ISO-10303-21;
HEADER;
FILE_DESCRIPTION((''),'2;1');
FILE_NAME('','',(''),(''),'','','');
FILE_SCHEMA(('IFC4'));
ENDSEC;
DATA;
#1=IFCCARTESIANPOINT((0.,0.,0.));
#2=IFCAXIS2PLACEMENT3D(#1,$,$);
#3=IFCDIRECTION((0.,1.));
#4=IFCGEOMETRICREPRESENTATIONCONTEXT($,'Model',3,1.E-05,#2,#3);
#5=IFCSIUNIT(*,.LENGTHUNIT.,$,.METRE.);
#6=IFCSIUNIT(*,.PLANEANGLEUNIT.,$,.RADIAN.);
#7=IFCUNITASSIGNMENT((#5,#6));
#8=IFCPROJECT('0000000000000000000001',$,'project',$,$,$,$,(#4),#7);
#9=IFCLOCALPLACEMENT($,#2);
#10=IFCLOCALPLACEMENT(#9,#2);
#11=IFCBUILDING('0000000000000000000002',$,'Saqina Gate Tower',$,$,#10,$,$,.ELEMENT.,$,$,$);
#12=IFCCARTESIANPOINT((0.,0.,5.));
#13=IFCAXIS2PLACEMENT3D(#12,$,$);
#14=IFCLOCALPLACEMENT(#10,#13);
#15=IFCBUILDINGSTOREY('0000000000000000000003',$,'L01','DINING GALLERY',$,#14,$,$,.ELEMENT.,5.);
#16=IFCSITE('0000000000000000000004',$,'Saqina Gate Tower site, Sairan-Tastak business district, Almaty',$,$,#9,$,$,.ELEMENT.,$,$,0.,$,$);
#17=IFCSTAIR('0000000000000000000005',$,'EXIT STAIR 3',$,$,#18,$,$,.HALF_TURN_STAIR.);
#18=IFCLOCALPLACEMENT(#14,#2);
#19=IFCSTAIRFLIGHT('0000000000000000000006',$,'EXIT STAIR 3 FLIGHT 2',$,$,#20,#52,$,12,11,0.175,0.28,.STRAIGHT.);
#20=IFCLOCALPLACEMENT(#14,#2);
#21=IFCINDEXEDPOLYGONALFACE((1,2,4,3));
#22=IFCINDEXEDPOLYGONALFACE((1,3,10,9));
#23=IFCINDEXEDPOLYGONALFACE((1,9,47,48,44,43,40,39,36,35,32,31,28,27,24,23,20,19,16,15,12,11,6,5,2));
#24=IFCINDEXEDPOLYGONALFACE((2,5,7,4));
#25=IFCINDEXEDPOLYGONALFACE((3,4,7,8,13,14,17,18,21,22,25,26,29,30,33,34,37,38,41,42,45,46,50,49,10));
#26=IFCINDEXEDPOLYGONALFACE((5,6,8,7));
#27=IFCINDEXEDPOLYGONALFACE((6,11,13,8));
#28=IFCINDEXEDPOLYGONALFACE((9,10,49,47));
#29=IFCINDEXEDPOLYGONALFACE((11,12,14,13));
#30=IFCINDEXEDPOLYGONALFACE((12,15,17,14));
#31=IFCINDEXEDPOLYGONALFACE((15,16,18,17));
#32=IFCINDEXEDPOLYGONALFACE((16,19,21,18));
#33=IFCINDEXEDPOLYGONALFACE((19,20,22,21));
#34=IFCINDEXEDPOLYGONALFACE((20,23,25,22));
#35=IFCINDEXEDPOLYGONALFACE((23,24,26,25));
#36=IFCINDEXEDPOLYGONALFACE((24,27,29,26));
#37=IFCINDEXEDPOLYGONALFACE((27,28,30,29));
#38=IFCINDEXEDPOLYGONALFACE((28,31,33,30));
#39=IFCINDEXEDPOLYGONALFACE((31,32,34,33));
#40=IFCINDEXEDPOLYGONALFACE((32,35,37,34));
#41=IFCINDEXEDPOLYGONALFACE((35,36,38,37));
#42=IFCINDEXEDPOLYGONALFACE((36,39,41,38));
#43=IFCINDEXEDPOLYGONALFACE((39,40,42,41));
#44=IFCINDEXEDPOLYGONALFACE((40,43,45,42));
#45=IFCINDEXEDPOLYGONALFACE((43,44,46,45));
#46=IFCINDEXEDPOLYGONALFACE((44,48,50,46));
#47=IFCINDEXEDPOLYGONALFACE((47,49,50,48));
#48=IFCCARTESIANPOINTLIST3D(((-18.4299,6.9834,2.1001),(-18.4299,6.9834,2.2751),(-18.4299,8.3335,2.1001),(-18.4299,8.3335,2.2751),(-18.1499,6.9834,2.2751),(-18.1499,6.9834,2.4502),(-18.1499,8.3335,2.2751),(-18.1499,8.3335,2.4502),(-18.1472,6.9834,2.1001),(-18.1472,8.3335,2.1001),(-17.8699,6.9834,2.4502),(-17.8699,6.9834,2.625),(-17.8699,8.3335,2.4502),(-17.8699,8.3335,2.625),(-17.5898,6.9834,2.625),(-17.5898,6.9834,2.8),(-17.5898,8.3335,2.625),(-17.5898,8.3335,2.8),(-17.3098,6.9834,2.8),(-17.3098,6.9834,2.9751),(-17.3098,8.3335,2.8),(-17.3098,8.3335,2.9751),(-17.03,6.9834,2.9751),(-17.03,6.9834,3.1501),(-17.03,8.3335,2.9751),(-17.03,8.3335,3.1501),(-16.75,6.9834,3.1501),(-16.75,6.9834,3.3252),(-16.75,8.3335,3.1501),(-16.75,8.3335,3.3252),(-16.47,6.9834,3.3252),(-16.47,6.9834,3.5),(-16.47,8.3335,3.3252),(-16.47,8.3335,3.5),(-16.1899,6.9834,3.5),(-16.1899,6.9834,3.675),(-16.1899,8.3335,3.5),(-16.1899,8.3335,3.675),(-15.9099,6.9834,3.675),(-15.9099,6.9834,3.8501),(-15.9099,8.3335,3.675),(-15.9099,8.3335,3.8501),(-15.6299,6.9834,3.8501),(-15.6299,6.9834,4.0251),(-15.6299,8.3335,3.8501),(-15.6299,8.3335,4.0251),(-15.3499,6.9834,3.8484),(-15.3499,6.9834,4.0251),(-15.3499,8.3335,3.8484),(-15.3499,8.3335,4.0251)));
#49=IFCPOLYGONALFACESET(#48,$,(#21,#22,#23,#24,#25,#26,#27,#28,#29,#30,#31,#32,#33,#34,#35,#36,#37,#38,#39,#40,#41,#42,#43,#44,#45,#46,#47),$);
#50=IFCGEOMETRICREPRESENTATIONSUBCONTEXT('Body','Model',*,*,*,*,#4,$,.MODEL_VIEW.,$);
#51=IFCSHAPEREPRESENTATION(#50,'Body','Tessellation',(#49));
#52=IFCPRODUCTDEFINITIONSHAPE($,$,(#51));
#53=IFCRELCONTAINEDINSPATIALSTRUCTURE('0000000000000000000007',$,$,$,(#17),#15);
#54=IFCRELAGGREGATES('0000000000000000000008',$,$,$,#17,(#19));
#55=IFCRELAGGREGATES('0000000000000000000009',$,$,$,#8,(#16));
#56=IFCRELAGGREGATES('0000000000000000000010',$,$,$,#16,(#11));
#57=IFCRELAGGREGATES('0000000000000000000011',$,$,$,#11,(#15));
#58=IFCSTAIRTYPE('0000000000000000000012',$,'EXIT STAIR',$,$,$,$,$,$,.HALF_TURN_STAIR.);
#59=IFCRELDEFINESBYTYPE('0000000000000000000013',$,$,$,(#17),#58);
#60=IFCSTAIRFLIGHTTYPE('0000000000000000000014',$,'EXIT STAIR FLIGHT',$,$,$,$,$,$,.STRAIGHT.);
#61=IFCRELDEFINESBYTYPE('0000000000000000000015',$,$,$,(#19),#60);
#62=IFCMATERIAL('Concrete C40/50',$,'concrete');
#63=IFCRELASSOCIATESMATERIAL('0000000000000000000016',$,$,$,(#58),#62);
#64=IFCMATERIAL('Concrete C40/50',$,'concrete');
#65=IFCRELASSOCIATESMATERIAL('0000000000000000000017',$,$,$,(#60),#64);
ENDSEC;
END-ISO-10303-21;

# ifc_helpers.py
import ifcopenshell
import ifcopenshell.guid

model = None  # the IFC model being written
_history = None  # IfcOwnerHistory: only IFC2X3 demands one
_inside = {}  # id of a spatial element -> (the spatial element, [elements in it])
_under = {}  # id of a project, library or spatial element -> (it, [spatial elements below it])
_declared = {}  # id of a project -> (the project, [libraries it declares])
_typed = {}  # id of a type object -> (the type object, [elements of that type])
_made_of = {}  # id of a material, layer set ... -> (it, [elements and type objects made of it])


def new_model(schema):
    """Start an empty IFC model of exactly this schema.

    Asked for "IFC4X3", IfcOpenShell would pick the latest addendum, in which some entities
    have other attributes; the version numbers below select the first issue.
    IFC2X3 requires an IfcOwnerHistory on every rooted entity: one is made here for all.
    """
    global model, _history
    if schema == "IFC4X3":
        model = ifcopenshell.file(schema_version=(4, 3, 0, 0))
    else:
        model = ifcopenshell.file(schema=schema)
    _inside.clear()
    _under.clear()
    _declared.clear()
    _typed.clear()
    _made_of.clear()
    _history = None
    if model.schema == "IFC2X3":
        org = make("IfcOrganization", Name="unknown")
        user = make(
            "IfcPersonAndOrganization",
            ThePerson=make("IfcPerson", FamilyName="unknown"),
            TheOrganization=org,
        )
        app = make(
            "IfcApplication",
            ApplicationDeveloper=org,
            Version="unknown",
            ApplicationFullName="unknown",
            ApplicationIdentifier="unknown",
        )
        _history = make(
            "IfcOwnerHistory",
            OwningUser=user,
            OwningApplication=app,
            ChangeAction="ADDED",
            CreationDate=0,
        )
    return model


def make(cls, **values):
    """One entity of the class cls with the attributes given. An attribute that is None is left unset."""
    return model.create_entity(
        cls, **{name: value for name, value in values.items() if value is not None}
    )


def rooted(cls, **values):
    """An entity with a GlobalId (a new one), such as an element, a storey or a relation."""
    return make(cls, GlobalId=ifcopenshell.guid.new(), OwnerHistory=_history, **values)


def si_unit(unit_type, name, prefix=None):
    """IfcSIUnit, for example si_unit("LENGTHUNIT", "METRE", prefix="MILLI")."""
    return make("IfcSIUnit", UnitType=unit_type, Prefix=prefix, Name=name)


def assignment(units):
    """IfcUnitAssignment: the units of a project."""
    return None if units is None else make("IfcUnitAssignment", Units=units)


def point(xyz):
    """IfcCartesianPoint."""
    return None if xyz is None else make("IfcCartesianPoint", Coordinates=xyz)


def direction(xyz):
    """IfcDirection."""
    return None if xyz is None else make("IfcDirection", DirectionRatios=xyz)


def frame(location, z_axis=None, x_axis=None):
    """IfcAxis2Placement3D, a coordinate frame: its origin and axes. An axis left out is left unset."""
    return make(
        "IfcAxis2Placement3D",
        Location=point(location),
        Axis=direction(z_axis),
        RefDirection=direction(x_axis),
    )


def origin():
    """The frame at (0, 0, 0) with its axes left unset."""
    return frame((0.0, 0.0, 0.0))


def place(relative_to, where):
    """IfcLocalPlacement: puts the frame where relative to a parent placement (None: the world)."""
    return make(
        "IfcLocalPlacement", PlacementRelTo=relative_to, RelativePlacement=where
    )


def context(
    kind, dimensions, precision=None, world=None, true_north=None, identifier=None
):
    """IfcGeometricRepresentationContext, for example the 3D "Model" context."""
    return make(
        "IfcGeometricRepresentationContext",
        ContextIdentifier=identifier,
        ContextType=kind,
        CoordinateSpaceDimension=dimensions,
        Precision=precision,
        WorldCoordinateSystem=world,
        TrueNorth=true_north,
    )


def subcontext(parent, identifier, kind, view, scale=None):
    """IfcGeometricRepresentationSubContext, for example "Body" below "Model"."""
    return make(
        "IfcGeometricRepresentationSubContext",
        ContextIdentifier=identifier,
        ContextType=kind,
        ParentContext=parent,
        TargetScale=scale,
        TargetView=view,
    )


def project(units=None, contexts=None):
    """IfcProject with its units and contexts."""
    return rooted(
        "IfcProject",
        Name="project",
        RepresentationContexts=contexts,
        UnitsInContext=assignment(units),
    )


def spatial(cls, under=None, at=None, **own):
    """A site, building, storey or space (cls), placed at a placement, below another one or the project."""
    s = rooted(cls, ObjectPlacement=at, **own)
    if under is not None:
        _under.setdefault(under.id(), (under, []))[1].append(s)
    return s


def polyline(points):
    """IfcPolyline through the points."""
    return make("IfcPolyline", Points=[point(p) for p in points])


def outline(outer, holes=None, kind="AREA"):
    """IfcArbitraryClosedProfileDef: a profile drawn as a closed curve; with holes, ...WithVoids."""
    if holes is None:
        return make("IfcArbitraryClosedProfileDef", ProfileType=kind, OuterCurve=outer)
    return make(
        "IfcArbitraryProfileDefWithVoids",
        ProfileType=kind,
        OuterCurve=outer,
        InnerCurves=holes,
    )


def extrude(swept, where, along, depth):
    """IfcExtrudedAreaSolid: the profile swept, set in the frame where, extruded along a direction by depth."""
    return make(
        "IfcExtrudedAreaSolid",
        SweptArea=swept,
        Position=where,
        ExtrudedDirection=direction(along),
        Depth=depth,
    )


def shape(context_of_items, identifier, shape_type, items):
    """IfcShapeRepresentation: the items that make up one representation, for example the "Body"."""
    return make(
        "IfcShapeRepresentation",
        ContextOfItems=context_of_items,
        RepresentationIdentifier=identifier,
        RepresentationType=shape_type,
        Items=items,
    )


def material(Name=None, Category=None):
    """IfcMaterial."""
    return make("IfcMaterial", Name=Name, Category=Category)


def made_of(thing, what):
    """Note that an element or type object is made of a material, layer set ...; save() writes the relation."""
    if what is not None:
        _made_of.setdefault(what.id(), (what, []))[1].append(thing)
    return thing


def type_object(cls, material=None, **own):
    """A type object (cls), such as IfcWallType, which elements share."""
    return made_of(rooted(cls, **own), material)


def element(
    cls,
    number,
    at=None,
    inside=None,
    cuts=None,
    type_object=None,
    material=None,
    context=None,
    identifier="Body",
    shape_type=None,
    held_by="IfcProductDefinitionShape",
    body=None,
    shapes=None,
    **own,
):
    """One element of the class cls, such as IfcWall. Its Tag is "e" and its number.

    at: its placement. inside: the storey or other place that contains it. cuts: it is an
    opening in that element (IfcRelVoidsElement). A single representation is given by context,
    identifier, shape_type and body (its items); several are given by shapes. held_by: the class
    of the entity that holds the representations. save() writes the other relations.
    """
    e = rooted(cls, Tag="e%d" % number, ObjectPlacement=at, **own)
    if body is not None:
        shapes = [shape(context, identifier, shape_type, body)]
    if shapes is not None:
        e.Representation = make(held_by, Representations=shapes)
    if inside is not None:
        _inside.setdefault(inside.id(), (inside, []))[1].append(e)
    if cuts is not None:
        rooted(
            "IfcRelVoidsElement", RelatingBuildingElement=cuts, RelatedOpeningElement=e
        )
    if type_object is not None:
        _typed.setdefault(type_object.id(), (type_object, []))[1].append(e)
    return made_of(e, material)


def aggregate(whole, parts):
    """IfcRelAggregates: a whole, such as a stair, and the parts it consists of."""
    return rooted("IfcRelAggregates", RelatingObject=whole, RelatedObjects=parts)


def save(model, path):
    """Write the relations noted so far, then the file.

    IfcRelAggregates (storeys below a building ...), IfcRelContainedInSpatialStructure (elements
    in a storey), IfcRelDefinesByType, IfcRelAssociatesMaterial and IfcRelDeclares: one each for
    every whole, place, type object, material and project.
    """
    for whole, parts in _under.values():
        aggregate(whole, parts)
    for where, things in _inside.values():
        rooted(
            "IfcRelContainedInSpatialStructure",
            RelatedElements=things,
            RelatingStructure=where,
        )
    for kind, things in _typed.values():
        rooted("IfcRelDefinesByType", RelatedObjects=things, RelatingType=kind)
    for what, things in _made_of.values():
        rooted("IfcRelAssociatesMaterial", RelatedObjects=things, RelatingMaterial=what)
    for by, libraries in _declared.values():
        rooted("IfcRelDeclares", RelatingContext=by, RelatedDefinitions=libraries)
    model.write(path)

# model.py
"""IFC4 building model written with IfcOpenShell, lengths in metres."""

from ifc_helpers import new_model, si_unit, direction, frame, origin, place, context, subcontext, project, spatial, polyline, outline, extrude, material, type_object, element, aggregate, save


model = new_model("IFC4")

# Units and contexts
model_context = context("Model", 3, precision=1e-05, world=origin(), true_north=direction((0.0, 1.0)))
body_context = subcontext(model_context, "Body", "Model", "MODEL_VIEW")
ifc_project = project(units=[si_unit("LENGTHUNIT", "METRE"), si_unit("PLANEANGLEUNIT", "RADIAN")], contexts=[model_context])

# Site, building, storey
site_placement = place(None, origin())
site = spatial("IfcSite", under=ifc_project, at=site_placement, Name="Saqina Gate Tower site, Sairan-Tastak business district, Almaty", CompositionType="ELEMENT", RefElevation=0.0)
building_placement = place(site_placement, origin())
building = spatial("IfcBuilding", under=site, at=building_placement, Name="Saqina Gate Tower", CompositionType="ELEMENT")
storey_placement = place(building_placement, frame((0.0, 0.0, 5.0)))
storey = spatial("IfcBuildingStorey", under=building, at=storey_placement, Name="L01", Description="DINING GALLERY", CompositionType="ELEMENT", Elevation=5.0)

# Shared definitions
ifc_material_1 = material(Name="Concrete C40/50", Category="concrete")
stair_type = type_object("IfcStairType", Name="EXIT STAIR", PredefinedType="HALF_TURN_STAIR", material=ifc_material_1)

# Stair, stair flight
stair_1_placement = place(storey_placement, origin())
stair_1 = element("IfcStair", 1, at=stair_1_placement, inside=storey, type_object=stair_type, Name="EXIT STAIR 3", PredefinedType="HALF_TURN_STAIR")
ifc_material_2 = material(Name="Concrete C40/50", Category="concrete")
stair_flight_type = type_object("IfcStairFlightType", Name="EXIT STAIR FLIGHT", PredefinedType="STRAIGHT", material=ifc_material_2)
stair_flight_1_placement = place(storey_placement, frame((-18.4299, 7.6584, 2.1001), z_axis=(0.0, 0.0, 1.0), x_axis=(1.0, 0.0, 0.0)))
stair_flight_1 = element("IfcStairFlight", 2, at=stair_flight_1_placement, type_object=stair_flight_type, Name="EXIT STAIR 3 FLIGHT 2", NumberOfRisers=12, NumberOfTreads=11, PredefinedType="STRAIGHT", RiserHeight=0.175, TreadLength=0.28, context=body_context, shape_type="SweptSolid", body=[
    extrude(outline(polyline([(0.0, 0.0), (0.0, 0.175), (0.28, 0.175), (0.28, 0.3501), (0.5601, 0.3501), (0.5601, 0.5249), (0.8401, 0.5249), (0.8401, 0.7), (1.1201, 0.7), (1.1201, 0.875), (1.3999, 0.875), (1.3999, 1.05), (1.6799, 1.05), (1.6799, 1.2251), (1.96, 1.2251), (1.96, 1.3999), (2.24, 1.3999), (2.24, 1.575), (2.52, 1.575), (2.52, 1.75), (2.8, 1.75), (2.8, 1.925), (3.0801, 1.925), (3.0801, 2.1001), (3.0801, 1.7483), (0.2827, 0.0), (0.0, 0.0)])), frame((0.0, 0.675, 0.0), z_axis=(0.0, -1.0, 0.0), x_axis=(1.0, 0.0, 0.0)), (0.0, 0.0, 1.0), 1.3501),
])
aggregate(stair_1, [stair_flight_1])

save(model, "model.ifc")
